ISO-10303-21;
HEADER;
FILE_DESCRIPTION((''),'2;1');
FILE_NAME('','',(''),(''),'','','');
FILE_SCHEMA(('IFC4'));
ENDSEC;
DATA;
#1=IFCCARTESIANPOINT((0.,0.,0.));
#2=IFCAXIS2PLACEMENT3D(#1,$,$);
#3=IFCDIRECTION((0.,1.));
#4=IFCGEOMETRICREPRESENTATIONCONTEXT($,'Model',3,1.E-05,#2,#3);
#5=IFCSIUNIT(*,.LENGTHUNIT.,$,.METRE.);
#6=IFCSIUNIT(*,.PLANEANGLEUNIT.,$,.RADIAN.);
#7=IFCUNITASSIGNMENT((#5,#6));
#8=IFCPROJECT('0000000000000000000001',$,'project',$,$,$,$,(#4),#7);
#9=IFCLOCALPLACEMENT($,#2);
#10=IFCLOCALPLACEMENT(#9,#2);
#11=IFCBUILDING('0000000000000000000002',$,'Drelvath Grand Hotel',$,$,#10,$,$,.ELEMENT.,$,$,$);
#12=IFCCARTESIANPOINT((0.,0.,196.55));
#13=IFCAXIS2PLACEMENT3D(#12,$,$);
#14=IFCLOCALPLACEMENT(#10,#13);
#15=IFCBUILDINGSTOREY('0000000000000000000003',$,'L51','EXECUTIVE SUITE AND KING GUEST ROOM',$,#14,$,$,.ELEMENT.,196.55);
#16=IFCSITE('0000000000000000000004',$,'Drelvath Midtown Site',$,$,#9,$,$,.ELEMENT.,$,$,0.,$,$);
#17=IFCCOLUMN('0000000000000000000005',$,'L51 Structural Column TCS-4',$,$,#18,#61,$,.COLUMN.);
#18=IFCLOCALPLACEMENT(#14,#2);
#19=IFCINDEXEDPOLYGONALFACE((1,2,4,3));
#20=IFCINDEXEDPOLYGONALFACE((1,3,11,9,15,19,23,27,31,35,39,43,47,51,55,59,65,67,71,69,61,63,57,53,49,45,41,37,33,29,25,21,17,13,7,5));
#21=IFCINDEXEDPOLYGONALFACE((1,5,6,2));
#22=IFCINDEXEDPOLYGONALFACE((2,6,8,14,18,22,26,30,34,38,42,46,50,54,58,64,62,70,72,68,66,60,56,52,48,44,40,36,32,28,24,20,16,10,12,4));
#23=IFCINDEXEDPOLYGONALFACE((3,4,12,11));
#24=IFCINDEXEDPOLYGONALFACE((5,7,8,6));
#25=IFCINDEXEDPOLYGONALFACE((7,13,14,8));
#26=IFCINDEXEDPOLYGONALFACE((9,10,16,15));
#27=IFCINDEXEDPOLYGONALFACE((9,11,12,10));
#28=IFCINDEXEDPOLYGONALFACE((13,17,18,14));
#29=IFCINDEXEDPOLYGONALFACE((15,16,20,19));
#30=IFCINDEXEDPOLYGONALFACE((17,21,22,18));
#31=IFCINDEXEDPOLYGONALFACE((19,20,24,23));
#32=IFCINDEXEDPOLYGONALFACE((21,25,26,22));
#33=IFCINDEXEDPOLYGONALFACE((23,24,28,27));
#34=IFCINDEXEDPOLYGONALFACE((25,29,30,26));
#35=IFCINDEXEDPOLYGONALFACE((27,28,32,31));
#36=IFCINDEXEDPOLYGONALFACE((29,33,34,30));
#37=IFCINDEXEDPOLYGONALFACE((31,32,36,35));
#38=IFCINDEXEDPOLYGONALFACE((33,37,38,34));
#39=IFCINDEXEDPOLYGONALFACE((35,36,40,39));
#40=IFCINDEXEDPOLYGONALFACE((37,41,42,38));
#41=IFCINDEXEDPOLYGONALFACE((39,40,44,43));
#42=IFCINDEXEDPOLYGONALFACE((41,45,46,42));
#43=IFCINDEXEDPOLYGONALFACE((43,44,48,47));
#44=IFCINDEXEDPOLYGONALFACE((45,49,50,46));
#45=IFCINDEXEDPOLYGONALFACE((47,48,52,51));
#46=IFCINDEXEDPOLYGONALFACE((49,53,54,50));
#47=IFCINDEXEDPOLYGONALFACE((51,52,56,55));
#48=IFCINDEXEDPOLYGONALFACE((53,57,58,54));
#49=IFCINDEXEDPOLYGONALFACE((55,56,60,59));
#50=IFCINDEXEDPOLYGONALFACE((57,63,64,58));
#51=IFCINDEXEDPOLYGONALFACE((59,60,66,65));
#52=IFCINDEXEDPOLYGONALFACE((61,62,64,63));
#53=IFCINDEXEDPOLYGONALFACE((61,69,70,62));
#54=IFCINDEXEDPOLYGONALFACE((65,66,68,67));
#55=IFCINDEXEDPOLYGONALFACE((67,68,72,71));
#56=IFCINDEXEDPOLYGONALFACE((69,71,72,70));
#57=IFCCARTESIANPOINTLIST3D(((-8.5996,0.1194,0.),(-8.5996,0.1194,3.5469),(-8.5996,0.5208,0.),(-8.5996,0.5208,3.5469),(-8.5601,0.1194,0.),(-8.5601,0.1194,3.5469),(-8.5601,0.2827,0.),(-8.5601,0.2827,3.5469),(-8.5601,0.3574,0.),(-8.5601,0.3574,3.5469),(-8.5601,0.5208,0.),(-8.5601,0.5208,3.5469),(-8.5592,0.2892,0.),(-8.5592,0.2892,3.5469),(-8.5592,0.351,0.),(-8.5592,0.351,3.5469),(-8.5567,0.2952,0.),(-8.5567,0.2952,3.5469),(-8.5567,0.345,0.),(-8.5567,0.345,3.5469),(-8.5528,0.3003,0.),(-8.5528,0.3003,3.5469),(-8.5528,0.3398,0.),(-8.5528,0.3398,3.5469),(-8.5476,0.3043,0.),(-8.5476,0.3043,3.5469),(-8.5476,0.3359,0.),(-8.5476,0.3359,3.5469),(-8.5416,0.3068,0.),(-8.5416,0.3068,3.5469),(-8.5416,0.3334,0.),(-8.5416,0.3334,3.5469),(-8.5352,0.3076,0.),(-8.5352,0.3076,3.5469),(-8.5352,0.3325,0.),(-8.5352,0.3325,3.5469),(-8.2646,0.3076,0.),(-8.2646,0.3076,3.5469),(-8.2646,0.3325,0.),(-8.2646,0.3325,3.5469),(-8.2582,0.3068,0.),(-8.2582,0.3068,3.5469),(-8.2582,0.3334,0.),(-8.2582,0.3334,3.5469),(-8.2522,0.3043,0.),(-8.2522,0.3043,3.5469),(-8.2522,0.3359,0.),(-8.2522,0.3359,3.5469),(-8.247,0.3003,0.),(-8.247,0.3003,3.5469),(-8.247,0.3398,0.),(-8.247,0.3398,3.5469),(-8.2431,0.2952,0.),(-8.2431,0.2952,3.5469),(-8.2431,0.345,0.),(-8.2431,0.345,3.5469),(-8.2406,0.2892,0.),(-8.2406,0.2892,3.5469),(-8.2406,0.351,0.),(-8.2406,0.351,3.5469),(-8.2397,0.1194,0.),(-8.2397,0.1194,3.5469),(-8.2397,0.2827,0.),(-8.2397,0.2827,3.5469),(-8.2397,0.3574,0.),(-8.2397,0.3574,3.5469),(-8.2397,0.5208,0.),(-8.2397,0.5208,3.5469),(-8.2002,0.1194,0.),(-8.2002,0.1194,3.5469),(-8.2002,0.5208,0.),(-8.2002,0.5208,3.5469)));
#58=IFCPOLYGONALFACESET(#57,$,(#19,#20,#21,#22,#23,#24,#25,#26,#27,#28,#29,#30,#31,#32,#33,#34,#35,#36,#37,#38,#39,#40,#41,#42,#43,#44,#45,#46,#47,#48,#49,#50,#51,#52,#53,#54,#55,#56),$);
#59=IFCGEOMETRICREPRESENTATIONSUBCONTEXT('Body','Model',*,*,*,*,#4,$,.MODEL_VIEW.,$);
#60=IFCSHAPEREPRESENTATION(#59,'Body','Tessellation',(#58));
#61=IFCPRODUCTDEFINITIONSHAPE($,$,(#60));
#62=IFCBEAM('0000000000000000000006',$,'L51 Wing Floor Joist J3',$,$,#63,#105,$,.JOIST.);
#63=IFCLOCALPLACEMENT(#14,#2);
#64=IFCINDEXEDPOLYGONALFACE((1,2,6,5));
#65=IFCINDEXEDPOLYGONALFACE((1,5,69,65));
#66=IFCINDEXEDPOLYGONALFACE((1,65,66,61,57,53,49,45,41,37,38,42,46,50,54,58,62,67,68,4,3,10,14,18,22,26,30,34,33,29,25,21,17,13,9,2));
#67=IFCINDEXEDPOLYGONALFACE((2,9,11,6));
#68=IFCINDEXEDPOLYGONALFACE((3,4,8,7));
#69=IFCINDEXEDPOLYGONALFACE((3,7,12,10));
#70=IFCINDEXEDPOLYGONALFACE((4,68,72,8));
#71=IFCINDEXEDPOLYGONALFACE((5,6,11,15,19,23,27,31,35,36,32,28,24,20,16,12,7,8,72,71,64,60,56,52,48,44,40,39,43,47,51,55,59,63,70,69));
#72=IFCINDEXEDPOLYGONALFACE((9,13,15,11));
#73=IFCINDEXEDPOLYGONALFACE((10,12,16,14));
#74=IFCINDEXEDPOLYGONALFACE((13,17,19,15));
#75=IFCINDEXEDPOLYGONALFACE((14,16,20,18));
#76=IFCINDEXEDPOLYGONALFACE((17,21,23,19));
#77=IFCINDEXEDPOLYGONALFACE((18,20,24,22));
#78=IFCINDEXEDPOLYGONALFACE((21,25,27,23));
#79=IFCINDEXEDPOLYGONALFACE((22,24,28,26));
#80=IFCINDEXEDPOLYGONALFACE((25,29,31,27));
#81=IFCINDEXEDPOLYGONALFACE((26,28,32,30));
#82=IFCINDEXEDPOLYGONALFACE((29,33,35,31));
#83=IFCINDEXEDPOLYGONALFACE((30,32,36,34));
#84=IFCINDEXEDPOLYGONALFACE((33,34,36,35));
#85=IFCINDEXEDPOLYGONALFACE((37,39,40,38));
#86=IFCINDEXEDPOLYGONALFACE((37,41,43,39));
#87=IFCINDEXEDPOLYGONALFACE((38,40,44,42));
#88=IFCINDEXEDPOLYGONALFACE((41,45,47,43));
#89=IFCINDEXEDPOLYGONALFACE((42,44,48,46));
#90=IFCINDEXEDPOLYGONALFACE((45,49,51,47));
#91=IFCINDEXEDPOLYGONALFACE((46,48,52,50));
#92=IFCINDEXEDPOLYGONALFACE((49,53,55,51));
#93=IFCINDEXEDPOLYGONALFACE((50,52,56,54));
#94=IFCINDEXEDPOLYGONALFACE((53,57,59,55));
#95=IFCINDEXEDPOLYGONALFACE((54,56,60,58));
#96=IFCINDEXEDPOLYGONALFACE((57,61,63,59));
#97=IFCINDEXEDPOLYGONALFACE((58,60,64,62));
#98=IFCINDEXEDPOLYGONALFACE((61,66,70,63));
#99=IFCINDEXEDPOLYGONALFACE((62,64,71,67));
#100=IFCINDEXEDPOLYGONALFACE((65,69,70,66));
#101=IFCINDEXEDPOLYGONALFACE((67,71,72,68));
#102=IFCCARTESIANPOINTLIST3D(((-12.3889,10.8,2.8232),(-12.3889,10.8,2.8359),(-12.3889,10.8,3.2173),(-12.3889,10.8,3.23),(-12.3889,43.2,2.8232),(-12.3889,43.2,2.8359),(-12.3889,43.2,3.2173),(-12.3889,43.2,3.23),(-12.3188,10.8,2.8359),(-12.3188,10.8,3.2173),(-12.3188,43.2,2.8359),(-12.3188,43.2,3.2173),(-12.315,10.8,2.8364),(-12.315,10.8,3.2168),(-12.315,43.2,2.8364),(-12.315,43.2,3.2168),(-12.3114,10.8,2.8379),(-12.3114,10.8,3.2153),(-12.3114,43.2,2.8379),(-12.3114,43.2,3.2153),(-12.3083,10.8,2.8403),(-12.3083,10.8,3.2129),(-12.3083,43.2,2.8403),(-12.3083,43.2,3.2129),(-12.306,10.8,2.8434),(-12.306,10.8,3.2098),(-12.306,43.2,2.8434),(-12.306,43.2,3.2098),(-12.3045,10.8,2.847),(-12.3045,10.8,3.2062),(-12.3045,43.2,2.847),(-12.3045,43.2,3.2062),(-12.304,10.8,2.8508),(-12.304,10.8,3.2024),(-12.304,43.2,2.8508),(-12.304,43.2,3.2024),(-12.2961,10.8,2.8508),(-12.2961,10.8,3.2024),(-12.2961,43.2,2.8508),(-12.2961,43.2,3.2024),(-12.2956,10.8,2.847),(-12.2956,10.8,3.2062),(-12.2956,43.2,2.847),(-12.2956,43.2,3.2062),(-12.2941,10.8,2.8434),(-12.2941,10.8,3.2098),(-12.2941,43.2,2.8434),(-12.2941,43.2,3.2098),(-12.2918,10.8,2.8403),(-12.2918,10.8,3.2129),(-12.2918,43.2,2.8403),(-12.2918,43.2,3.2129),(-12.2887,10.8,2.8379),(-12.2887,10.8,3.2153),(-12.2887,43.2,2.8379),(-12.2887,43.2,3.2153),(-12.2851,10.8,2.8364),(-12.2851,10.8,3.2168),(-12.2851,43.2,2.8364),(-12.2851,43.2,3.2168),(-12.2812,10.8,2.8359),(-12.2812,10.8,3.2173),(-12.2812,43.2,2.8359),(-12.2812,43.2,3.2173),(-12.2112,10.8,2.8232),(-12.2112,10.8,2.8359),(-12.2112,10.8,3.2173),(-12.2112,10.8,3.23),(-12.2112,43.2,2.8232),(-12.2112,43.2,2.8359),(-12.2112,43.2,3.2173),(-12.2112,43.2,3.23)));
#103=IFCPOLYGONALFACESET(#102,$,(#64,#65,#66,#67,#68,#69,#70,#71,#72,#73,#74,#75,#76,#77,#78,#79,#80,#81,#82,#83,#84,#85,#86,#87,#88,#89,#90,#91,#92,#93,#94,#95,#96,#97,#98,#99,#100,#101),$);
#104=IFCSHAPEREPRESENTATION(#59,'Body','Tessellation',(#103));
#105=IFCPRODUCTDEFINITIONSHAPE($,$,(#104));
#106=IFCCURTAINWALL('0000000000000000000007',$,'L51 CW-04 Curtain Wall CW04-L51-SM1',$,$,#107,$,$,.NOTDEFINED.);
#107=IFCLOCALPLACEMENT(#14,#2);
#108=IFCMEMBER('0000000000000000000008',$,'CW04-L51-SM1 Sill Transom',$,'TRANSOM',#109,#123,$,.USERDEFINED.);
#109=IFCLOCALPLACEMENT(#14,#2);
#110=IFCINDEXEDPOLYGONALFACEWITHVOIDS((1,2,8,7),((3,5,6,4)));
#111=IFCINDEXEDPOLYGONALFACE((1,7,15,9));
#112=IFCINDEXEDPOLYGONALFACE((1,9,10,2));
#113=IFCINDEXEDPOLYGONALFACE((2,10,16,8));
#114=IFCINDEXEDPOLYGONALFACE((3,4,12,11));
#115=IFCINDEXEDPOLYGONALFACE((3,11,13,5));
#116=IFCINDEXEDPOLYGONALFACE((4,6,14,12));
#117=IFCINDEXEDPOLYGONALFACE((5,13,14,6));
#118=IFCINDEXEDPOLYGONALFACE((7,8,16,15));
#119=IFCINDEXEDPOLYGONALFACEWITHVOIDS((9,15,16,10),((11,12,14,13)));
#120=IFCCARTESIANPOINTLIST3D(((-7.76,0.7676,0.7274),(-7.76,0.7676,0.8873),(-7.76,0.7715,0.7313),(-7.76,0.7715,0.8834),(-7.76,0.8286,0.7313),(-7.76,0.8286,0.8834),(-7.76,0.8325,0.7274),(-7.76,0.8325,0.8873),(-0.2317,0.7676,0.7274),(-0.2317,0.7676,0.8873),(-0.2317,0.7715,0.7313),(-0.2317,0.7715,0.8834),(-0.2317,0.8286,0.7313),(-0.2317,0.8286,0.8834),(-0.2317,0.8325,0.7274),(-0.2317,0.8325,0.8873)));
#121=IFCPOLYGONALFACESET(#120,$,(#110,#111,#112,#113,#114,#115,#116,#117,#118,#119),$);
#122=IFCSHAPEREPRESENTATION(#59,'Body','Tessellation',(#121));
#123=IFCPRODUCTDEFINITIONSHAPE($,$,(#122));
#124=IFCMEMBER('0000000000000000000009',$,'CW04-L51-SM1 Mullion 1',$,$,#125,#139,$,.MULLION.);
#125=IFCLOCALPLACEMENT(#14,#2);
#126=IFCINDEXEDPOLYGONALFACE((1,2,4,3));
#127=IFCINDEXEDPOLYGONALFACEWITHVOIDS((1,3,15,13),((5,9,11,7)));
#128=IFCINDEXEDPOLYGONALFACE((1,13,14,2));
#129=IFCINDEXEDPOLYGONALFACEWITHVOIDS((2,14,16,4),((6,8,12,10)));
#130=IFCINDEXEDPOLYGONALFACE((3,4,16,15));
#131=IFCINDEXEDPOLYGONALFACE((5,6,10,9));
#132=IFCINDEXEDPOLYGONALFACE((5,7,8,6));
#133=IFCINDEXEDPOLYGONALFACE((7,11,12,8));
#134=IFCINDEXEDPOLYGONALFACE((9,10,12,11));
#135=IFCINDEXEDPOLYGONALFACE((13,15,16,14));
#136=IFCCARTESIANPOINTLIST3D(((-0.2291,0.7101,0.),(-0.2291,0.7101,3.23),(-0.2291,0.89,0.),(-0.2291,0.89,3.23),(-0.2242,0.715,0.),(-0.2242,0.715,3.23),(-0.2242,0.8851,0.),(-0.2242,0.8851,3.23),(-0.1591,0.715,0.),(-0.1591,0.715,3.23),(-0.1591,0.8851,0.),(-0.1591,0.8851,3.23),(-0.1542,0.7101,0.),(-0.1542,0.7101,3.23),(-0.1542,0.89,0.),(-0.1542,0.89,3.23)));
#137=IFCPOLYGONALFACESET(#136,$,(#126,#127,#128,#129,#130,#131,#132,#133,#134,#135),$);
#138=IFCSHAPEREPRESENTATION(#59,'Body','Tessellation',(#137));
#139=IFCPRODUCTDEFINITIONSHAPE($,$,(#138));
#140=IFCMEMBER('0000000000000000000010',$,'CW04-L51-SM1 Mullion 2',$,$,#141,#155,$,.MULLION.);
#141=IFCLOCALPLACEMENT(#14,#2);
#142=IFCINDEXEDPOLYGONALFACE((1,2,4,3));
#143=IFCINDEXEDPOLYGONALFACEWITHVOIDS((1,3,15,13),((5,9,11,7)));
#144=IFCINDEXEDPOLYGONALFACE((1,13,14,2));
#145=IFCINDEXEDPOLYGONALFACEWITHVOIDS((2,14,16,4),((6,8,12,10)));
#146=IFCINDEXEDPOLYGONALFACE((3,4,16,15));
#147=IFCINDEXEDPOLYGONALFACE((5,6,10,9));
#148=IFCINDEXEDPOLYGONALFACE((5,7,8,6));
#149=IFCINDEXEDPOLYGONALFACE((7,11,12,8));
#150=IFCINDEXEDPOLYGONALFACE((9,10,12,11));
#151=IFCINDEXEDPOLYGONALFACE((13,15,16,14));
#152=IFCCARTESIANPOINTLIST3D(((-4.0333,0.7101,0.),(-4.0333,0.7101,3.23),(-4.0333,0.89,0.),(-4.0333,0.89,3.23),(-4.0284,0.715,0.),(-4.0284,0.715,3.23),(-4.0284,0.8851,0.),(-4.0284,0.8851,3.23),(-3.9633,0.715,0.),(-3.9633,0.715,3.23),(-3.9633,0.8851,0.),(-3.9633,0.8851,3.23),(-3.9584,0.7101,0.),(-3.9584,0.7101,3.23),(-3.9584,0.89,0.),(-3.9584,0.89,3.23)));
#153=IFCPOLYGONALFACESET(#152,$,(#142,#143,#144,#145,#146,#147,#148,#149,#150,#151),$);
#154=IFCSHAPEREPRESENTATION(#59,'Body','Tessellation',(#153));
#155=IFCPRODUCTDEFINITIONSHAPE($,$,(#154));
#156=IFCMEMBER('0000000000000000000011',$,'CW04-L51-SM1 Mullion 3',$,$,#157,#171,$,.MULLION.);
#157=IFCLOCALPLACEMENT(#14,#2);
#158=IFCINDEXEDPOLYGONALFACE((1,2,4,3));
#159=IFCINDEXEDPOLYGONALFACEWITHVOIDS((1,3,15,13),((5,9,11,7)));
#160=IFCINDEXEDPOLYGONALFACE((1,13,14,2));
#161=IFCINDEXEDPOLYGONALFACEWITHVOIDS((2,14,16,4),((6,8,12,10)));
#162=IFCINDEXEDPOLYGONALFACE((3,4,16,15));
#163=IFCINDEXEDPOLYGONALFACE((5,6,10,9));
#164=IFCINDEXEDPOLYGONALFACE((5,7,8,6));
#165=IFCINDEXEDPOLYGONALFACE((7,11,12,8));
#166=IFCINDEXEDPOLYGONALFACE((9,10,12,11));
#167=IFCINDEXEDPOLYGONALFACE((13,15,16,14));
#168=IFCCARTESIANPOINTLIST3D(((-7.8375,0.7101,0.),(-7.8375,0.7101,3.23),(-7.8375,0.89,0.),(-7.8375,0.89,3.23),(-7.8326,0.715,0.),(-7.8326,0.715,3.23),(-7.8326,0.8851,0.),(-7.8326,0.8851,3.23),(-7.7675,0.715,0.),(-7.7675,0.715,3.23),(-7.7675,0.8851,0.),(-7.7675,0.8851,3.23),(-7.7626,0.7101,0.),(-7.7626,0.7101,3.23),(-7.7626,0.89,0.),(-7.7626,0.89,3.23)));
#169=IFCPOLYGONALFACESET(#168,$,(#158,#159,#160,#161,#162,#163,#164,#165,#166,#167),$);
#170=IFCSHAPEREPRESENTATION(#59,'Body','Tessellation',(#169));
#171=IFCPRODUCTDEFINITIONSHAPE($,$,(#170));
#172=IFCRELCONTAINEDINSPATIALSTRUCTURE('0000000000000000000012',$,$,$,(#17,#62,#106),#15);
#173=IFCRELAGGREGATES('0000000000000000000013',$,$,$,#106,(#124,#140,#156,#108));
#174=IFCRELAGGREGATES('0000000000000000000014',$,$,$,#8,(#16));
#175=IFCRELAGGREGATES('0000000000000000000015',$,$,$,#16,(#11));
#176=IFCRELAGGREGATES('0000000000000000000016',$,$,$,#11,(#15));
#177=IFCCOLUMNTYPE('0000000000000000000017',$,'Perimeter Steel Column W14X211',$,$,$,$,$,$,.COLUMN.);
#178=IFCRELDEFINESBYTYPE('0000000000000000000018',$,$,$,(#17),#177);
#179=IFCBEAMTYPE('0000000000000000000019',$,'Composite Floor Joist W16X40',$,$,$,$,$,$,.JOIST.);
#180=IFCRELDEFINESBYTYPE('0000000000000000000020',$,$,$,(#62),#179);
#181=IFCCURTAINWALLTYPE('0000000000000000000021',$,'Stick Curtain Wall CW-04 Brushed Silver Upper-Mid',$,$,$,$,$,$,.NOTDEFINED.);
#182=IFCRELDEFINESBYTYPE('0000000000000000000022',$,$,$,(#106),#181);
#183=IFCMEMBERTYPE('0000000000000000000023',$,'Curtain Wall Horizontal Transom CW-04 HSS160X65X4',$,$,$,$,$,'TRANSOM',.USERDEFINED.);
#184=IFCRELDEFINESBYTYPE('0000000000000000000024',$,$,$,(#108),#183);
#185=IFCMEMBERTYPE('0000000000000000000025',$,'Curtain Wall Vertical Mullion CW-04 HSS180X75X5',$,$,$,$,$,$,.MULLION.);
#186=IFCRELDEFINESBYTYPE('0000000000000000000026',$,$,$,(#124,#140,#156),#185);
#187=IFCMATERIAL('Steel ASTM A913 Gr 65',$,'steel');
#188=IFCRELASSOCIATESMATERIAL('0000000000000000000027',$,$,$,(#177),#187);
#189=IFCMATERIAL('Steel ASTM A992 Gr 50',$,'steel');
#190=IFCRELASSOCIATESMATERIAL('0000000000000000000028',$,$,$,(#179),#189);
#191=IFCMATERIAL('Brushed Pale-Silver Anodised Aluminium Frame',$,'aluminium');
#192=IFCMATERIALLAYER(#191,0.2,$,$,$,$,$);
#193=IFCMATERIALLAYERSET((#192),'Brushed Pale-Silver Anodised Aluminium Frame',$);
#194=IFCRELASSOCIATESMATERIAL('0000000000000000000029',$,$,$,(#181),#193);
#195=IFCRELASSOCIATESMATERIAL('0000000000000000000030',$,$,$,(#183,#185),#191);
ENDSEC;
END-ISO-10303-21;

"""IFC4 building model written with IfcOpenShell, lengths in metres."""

from ifc_helpers import new_model, si_unit, direction, frame, origin, origin_2d, place, context, subcontext, project, spatial, hollow_rectangle, i_section, extrude, material, layer, layer_set, material_profile, profile_set, type_object, element, aggregate, save


model = new_model("IFC4")

# Units and contexts
model_context = context("Model", 3, precision=1e-05, world=origin(), true_north=direction((0.0, 1.0)))
body_context = subcontext(model_context, "Body", "Model", "MODEL_VIEW")
ifc_project = project(units=[si_unit("LENGTHUNIT", "METRE"), si_unit("PLANEANGLEUNIT", "RADIAN")], contexts=[model_context])

# Site, building, storey
site_placement = place(None, origin())
site = spatial("IfcSite", under=ifc_project, at=site_placement, Name="Drelvath Midtown Site", CompositionType="ELEMENT", RefElevation=0.0)
building_placement = place(site_placement, origin())
building = spatial("IfcBuilding", under=site, at=building_placement, Name="Drelvath Grand Hotel", CompositionType="ELEMENT")
storey_placement = place(building_placement, frame((0.0, 0.0, 196.55)))
storey = spatial("IfcBuildingStorey", under=building, at=storey_placement, Name="L51", Description="EXECUTIVE SUITE AND KING GUEST ROOM", CompositionType="ELEMENT", Elevation=196.55)

# Column
ifc_material_1 = material(Name="Steel ASTM A913 Gr 65", Category="steel")
ifc_material_profile_1 = material_profile(ifc_material_1, i_section(OverallWidth=0.4014, OverallDepth=0.3994, WebThickness=0.0249, FlangeThickness=0.0396, FilletRadius=0.0249, at=origin_2d()), Name="W14X211")
ifc_profile_set_1 = profile_set([ifc_material_profile_1], Name="Steel ASTM A913 Gr 65")
column_type = type_object("IfcColumnType", Name="Perimeter Steel Column W14X211", PredefinedType="COLUMN", material=ifc_profile_set_1)
column_placement = place(storey_placement, frame((-8.3999, 0.3201, 0.0), z_axis=(0.0, 0.0, 1.0), x_axis=(0.0, 1.0, 0.0)))
element("IfcColumn", 1, at=column_placement, inside=storey, type_object=column_type, Name="L51 Structural Column TCS-4", PredefinedType="COLUMN", context=body_context, shape_type="SweptSolid", body=[
    extrude(i_section(OverallWidth=0.4014, OverallDepth=0.3994, WebThickness=0.0249, FlangeThickness=0.0396, FilletRadius=0.0249, at=origin_2d()), origin(), (0.0, 0.0, 1.0), 3.5469),
])

# Beam
ifc_material_2 = material(Name="Steel ASTM A992 Gr 50", Category="steel")
ifc_material_profile_2 = material_profile(ifc_material_2, i_section(OverallWidth=0.1777, OverallDepth=0.4067, WebThickness=0.0078, FlangeThickness=0.0127, FilletRadius=0.0149, at=origin_2d()), Name="W16X40")
ifc_profile_set_2 = profile_set([ifc_material_profile_2], Name="Steel ASTM A992 Gr 50")
beam_type_1 = type_object("IfcBeamType", Name="Composite Floor Joist W16X40", PredefinedType="JOIST", material=ifc_profile_set_2)
beam_1_placement = place(storey_placement, frame((-12.3, 10.8, 3.0266), z_axis=(0.0, 1.0, 0.0), x_axis=(-1.0, 0.0, 0.0)))
element("IfcBeam", 2, at=beam_1_placement, inside=storey, type_object=beam_type_1, Name="L51 Wing Floor Joist J3", PredefinedType="JOIST", context=body_context, shape_type="SweptSolid", body=[
    extrude(i_section(OverallWidth=0.1777, OverallDepth=0.4067, WebThickness=0.0078, FlangeThickness=0.0127, FilletRadius=0.0149, at=origin_2d()), origin(), (0.0, 0.0, 1.0), 32.3999),
])

# Curtain wall, members
ifc_material_3 = material(Name="Brushed Pale-Silver Anodised Aluminium Frame", Category="aluminium")
ifc_layer_1 = layer(ifc_material_3, 0.2)
ifc_layer_set_1 = layer_set([ifc_layer_1], Name="Brushed Pale-Silver Anodised Aluminium Frame")
curtain_wall_type = type_object("IfcCurtainWallType", Name="Stick Curtain Wall CW-04 Brushed Silver Upper-Mid", PredefinedType="NOTDEFINED", material=ifc_layer_set_1)
curtain_wall_placement = place(storey_placement, origin())
curtain_wall = element("IfcCurtainWall", 3, at=curtain_wall_placement, inside=storey, type_object=curtain_wall_type, Name="L51 CW-04 Curtain Wall CW04-L51-SM1", PredefinedType="NOTDEFINED")
ifc_material_profile_3 = material_profile(ifc_material_3, hollow_rectangle(XDim=0.0649, YDim=0.1599, WallThickness=0.0039, at=origin_2d()), Name="HSS160X65X4")
ifc_profile_set_3 = profile_set([ifc_material_profile_3], Name="Brushed Pale-Silver Anodised Aluminium Frame")
member_type_1 = type_object("IfcMemberType", Name="Curtain Wall Horizontal Transom CW-04 HSS160X65X4", ElementType="TRANSOM", PredefinedType="USERDEFINED", material=ifc_profile_set_3)
member_1_placement = place(storey_placement, frame((-0.2317, 0.8, 0.8074), z_axis=(-1.0, 0.0, 0.0), x_axis=(0.0, -1.0, 0.0)))
member_1 = element("IfcMember", 4, at=member_1_placement, type_object=member_type_1, Name="CW04-L51-SM1 Sill Transom", ObjectType="TRANSOM", PredefinedType="USERDEFINED", context=body_context, shape_type="SweptSolid", body=[
    extrude(hollow_rectangle(XDim=0.0649, YDim=0.1599, WallThickness=0.0039, at=origin_2d()), origin(), (0.0, 0.0, 1.0), 7.5283),
])
ifc_material_profile_4 = material_profile(ifc_material_3, hollow_rectangle(XDim=0.075, YDim=0.1799, WallThickness=0.0049, at=origin_2d()), Name="HSS180X75X5")
ifc_profile_set_4 = profile_set([ifc_material_profile_4], Name="Brushed Pale-Silver Anodised Aluminium Frame")
member_type_2 = type_object("IfcMemberType", Name="Curtain Wall Vertical Mullion CW-04 HSS180X75X5", PredefinedType="MULLION", material=ifc_profile_set_4)
member_2_placement = place(storey_placement, frame((-0.1917, 0.8, 0.0), z_axis=(0.0, 0.0, 1.0), x_axis=(1.0, 0.0, 0.0)))
member_2 = element("IfcMember", 5, at=member_2_placement, type_object=member_type_2, Name="CW04-L51-SM1 Mullion 1", PredefinedType="MULLION", context=body_context, shape_type="SweptSolid", body=[
    extrude(hollow_rectangle(XDim=0.075, YDim=0.1799, WallThickness=0.0049, at=origin_2d()), origin(), (0.0, 0.0, 1.0), 3.23),
])
member_3_placement = place(storey_placement, frame((-3.9958, 0.8, 0.0), z_axis=(0.0, 0.0, 1.0), x_axis=(1.0, 0.0, 0.0)))
member_3 = element("IfcMember", 6, at=member_3_placement, type_object=member_type_2, Name="CW04-L51-SM1 Mullion 2", PredefinedType="MULLION", context=body_context, shape_type="SweptSolid", body=[
    extrude(hollow_rectangle(XDim=0.075, YDim=0.1799, WallThickness=0.0049, at=origin_2d()), origin(), (0.0, 0.0, 1.0), 3.23),
])
member_4_placement = place(storey_placement, frame((-7.8, 0.8, 0.0), z_axis=(0.0, 0.0, 1.0), x_axis=(1.0, 0.0, 0.0)))
member_4 = element("IfcMember", 7, at=member_4_placement, type_object=member_type_2, Name="CW04-L51-SM1 Mullion 3", PredefinedType="MULLION", context=body_context, shape_type="SweptSolid", body=[
    extrude(hollow_rectangle(XDim=0.075, YDim=0.1799, WallThickness=0.0049, at=origin_2d()), origin(), (0.0, 0.0, 1.0), 3.23),
])

aggregate(curtain_wall, [member_2, member_3, member_4, member_1])

save(model, "model.ifc")
